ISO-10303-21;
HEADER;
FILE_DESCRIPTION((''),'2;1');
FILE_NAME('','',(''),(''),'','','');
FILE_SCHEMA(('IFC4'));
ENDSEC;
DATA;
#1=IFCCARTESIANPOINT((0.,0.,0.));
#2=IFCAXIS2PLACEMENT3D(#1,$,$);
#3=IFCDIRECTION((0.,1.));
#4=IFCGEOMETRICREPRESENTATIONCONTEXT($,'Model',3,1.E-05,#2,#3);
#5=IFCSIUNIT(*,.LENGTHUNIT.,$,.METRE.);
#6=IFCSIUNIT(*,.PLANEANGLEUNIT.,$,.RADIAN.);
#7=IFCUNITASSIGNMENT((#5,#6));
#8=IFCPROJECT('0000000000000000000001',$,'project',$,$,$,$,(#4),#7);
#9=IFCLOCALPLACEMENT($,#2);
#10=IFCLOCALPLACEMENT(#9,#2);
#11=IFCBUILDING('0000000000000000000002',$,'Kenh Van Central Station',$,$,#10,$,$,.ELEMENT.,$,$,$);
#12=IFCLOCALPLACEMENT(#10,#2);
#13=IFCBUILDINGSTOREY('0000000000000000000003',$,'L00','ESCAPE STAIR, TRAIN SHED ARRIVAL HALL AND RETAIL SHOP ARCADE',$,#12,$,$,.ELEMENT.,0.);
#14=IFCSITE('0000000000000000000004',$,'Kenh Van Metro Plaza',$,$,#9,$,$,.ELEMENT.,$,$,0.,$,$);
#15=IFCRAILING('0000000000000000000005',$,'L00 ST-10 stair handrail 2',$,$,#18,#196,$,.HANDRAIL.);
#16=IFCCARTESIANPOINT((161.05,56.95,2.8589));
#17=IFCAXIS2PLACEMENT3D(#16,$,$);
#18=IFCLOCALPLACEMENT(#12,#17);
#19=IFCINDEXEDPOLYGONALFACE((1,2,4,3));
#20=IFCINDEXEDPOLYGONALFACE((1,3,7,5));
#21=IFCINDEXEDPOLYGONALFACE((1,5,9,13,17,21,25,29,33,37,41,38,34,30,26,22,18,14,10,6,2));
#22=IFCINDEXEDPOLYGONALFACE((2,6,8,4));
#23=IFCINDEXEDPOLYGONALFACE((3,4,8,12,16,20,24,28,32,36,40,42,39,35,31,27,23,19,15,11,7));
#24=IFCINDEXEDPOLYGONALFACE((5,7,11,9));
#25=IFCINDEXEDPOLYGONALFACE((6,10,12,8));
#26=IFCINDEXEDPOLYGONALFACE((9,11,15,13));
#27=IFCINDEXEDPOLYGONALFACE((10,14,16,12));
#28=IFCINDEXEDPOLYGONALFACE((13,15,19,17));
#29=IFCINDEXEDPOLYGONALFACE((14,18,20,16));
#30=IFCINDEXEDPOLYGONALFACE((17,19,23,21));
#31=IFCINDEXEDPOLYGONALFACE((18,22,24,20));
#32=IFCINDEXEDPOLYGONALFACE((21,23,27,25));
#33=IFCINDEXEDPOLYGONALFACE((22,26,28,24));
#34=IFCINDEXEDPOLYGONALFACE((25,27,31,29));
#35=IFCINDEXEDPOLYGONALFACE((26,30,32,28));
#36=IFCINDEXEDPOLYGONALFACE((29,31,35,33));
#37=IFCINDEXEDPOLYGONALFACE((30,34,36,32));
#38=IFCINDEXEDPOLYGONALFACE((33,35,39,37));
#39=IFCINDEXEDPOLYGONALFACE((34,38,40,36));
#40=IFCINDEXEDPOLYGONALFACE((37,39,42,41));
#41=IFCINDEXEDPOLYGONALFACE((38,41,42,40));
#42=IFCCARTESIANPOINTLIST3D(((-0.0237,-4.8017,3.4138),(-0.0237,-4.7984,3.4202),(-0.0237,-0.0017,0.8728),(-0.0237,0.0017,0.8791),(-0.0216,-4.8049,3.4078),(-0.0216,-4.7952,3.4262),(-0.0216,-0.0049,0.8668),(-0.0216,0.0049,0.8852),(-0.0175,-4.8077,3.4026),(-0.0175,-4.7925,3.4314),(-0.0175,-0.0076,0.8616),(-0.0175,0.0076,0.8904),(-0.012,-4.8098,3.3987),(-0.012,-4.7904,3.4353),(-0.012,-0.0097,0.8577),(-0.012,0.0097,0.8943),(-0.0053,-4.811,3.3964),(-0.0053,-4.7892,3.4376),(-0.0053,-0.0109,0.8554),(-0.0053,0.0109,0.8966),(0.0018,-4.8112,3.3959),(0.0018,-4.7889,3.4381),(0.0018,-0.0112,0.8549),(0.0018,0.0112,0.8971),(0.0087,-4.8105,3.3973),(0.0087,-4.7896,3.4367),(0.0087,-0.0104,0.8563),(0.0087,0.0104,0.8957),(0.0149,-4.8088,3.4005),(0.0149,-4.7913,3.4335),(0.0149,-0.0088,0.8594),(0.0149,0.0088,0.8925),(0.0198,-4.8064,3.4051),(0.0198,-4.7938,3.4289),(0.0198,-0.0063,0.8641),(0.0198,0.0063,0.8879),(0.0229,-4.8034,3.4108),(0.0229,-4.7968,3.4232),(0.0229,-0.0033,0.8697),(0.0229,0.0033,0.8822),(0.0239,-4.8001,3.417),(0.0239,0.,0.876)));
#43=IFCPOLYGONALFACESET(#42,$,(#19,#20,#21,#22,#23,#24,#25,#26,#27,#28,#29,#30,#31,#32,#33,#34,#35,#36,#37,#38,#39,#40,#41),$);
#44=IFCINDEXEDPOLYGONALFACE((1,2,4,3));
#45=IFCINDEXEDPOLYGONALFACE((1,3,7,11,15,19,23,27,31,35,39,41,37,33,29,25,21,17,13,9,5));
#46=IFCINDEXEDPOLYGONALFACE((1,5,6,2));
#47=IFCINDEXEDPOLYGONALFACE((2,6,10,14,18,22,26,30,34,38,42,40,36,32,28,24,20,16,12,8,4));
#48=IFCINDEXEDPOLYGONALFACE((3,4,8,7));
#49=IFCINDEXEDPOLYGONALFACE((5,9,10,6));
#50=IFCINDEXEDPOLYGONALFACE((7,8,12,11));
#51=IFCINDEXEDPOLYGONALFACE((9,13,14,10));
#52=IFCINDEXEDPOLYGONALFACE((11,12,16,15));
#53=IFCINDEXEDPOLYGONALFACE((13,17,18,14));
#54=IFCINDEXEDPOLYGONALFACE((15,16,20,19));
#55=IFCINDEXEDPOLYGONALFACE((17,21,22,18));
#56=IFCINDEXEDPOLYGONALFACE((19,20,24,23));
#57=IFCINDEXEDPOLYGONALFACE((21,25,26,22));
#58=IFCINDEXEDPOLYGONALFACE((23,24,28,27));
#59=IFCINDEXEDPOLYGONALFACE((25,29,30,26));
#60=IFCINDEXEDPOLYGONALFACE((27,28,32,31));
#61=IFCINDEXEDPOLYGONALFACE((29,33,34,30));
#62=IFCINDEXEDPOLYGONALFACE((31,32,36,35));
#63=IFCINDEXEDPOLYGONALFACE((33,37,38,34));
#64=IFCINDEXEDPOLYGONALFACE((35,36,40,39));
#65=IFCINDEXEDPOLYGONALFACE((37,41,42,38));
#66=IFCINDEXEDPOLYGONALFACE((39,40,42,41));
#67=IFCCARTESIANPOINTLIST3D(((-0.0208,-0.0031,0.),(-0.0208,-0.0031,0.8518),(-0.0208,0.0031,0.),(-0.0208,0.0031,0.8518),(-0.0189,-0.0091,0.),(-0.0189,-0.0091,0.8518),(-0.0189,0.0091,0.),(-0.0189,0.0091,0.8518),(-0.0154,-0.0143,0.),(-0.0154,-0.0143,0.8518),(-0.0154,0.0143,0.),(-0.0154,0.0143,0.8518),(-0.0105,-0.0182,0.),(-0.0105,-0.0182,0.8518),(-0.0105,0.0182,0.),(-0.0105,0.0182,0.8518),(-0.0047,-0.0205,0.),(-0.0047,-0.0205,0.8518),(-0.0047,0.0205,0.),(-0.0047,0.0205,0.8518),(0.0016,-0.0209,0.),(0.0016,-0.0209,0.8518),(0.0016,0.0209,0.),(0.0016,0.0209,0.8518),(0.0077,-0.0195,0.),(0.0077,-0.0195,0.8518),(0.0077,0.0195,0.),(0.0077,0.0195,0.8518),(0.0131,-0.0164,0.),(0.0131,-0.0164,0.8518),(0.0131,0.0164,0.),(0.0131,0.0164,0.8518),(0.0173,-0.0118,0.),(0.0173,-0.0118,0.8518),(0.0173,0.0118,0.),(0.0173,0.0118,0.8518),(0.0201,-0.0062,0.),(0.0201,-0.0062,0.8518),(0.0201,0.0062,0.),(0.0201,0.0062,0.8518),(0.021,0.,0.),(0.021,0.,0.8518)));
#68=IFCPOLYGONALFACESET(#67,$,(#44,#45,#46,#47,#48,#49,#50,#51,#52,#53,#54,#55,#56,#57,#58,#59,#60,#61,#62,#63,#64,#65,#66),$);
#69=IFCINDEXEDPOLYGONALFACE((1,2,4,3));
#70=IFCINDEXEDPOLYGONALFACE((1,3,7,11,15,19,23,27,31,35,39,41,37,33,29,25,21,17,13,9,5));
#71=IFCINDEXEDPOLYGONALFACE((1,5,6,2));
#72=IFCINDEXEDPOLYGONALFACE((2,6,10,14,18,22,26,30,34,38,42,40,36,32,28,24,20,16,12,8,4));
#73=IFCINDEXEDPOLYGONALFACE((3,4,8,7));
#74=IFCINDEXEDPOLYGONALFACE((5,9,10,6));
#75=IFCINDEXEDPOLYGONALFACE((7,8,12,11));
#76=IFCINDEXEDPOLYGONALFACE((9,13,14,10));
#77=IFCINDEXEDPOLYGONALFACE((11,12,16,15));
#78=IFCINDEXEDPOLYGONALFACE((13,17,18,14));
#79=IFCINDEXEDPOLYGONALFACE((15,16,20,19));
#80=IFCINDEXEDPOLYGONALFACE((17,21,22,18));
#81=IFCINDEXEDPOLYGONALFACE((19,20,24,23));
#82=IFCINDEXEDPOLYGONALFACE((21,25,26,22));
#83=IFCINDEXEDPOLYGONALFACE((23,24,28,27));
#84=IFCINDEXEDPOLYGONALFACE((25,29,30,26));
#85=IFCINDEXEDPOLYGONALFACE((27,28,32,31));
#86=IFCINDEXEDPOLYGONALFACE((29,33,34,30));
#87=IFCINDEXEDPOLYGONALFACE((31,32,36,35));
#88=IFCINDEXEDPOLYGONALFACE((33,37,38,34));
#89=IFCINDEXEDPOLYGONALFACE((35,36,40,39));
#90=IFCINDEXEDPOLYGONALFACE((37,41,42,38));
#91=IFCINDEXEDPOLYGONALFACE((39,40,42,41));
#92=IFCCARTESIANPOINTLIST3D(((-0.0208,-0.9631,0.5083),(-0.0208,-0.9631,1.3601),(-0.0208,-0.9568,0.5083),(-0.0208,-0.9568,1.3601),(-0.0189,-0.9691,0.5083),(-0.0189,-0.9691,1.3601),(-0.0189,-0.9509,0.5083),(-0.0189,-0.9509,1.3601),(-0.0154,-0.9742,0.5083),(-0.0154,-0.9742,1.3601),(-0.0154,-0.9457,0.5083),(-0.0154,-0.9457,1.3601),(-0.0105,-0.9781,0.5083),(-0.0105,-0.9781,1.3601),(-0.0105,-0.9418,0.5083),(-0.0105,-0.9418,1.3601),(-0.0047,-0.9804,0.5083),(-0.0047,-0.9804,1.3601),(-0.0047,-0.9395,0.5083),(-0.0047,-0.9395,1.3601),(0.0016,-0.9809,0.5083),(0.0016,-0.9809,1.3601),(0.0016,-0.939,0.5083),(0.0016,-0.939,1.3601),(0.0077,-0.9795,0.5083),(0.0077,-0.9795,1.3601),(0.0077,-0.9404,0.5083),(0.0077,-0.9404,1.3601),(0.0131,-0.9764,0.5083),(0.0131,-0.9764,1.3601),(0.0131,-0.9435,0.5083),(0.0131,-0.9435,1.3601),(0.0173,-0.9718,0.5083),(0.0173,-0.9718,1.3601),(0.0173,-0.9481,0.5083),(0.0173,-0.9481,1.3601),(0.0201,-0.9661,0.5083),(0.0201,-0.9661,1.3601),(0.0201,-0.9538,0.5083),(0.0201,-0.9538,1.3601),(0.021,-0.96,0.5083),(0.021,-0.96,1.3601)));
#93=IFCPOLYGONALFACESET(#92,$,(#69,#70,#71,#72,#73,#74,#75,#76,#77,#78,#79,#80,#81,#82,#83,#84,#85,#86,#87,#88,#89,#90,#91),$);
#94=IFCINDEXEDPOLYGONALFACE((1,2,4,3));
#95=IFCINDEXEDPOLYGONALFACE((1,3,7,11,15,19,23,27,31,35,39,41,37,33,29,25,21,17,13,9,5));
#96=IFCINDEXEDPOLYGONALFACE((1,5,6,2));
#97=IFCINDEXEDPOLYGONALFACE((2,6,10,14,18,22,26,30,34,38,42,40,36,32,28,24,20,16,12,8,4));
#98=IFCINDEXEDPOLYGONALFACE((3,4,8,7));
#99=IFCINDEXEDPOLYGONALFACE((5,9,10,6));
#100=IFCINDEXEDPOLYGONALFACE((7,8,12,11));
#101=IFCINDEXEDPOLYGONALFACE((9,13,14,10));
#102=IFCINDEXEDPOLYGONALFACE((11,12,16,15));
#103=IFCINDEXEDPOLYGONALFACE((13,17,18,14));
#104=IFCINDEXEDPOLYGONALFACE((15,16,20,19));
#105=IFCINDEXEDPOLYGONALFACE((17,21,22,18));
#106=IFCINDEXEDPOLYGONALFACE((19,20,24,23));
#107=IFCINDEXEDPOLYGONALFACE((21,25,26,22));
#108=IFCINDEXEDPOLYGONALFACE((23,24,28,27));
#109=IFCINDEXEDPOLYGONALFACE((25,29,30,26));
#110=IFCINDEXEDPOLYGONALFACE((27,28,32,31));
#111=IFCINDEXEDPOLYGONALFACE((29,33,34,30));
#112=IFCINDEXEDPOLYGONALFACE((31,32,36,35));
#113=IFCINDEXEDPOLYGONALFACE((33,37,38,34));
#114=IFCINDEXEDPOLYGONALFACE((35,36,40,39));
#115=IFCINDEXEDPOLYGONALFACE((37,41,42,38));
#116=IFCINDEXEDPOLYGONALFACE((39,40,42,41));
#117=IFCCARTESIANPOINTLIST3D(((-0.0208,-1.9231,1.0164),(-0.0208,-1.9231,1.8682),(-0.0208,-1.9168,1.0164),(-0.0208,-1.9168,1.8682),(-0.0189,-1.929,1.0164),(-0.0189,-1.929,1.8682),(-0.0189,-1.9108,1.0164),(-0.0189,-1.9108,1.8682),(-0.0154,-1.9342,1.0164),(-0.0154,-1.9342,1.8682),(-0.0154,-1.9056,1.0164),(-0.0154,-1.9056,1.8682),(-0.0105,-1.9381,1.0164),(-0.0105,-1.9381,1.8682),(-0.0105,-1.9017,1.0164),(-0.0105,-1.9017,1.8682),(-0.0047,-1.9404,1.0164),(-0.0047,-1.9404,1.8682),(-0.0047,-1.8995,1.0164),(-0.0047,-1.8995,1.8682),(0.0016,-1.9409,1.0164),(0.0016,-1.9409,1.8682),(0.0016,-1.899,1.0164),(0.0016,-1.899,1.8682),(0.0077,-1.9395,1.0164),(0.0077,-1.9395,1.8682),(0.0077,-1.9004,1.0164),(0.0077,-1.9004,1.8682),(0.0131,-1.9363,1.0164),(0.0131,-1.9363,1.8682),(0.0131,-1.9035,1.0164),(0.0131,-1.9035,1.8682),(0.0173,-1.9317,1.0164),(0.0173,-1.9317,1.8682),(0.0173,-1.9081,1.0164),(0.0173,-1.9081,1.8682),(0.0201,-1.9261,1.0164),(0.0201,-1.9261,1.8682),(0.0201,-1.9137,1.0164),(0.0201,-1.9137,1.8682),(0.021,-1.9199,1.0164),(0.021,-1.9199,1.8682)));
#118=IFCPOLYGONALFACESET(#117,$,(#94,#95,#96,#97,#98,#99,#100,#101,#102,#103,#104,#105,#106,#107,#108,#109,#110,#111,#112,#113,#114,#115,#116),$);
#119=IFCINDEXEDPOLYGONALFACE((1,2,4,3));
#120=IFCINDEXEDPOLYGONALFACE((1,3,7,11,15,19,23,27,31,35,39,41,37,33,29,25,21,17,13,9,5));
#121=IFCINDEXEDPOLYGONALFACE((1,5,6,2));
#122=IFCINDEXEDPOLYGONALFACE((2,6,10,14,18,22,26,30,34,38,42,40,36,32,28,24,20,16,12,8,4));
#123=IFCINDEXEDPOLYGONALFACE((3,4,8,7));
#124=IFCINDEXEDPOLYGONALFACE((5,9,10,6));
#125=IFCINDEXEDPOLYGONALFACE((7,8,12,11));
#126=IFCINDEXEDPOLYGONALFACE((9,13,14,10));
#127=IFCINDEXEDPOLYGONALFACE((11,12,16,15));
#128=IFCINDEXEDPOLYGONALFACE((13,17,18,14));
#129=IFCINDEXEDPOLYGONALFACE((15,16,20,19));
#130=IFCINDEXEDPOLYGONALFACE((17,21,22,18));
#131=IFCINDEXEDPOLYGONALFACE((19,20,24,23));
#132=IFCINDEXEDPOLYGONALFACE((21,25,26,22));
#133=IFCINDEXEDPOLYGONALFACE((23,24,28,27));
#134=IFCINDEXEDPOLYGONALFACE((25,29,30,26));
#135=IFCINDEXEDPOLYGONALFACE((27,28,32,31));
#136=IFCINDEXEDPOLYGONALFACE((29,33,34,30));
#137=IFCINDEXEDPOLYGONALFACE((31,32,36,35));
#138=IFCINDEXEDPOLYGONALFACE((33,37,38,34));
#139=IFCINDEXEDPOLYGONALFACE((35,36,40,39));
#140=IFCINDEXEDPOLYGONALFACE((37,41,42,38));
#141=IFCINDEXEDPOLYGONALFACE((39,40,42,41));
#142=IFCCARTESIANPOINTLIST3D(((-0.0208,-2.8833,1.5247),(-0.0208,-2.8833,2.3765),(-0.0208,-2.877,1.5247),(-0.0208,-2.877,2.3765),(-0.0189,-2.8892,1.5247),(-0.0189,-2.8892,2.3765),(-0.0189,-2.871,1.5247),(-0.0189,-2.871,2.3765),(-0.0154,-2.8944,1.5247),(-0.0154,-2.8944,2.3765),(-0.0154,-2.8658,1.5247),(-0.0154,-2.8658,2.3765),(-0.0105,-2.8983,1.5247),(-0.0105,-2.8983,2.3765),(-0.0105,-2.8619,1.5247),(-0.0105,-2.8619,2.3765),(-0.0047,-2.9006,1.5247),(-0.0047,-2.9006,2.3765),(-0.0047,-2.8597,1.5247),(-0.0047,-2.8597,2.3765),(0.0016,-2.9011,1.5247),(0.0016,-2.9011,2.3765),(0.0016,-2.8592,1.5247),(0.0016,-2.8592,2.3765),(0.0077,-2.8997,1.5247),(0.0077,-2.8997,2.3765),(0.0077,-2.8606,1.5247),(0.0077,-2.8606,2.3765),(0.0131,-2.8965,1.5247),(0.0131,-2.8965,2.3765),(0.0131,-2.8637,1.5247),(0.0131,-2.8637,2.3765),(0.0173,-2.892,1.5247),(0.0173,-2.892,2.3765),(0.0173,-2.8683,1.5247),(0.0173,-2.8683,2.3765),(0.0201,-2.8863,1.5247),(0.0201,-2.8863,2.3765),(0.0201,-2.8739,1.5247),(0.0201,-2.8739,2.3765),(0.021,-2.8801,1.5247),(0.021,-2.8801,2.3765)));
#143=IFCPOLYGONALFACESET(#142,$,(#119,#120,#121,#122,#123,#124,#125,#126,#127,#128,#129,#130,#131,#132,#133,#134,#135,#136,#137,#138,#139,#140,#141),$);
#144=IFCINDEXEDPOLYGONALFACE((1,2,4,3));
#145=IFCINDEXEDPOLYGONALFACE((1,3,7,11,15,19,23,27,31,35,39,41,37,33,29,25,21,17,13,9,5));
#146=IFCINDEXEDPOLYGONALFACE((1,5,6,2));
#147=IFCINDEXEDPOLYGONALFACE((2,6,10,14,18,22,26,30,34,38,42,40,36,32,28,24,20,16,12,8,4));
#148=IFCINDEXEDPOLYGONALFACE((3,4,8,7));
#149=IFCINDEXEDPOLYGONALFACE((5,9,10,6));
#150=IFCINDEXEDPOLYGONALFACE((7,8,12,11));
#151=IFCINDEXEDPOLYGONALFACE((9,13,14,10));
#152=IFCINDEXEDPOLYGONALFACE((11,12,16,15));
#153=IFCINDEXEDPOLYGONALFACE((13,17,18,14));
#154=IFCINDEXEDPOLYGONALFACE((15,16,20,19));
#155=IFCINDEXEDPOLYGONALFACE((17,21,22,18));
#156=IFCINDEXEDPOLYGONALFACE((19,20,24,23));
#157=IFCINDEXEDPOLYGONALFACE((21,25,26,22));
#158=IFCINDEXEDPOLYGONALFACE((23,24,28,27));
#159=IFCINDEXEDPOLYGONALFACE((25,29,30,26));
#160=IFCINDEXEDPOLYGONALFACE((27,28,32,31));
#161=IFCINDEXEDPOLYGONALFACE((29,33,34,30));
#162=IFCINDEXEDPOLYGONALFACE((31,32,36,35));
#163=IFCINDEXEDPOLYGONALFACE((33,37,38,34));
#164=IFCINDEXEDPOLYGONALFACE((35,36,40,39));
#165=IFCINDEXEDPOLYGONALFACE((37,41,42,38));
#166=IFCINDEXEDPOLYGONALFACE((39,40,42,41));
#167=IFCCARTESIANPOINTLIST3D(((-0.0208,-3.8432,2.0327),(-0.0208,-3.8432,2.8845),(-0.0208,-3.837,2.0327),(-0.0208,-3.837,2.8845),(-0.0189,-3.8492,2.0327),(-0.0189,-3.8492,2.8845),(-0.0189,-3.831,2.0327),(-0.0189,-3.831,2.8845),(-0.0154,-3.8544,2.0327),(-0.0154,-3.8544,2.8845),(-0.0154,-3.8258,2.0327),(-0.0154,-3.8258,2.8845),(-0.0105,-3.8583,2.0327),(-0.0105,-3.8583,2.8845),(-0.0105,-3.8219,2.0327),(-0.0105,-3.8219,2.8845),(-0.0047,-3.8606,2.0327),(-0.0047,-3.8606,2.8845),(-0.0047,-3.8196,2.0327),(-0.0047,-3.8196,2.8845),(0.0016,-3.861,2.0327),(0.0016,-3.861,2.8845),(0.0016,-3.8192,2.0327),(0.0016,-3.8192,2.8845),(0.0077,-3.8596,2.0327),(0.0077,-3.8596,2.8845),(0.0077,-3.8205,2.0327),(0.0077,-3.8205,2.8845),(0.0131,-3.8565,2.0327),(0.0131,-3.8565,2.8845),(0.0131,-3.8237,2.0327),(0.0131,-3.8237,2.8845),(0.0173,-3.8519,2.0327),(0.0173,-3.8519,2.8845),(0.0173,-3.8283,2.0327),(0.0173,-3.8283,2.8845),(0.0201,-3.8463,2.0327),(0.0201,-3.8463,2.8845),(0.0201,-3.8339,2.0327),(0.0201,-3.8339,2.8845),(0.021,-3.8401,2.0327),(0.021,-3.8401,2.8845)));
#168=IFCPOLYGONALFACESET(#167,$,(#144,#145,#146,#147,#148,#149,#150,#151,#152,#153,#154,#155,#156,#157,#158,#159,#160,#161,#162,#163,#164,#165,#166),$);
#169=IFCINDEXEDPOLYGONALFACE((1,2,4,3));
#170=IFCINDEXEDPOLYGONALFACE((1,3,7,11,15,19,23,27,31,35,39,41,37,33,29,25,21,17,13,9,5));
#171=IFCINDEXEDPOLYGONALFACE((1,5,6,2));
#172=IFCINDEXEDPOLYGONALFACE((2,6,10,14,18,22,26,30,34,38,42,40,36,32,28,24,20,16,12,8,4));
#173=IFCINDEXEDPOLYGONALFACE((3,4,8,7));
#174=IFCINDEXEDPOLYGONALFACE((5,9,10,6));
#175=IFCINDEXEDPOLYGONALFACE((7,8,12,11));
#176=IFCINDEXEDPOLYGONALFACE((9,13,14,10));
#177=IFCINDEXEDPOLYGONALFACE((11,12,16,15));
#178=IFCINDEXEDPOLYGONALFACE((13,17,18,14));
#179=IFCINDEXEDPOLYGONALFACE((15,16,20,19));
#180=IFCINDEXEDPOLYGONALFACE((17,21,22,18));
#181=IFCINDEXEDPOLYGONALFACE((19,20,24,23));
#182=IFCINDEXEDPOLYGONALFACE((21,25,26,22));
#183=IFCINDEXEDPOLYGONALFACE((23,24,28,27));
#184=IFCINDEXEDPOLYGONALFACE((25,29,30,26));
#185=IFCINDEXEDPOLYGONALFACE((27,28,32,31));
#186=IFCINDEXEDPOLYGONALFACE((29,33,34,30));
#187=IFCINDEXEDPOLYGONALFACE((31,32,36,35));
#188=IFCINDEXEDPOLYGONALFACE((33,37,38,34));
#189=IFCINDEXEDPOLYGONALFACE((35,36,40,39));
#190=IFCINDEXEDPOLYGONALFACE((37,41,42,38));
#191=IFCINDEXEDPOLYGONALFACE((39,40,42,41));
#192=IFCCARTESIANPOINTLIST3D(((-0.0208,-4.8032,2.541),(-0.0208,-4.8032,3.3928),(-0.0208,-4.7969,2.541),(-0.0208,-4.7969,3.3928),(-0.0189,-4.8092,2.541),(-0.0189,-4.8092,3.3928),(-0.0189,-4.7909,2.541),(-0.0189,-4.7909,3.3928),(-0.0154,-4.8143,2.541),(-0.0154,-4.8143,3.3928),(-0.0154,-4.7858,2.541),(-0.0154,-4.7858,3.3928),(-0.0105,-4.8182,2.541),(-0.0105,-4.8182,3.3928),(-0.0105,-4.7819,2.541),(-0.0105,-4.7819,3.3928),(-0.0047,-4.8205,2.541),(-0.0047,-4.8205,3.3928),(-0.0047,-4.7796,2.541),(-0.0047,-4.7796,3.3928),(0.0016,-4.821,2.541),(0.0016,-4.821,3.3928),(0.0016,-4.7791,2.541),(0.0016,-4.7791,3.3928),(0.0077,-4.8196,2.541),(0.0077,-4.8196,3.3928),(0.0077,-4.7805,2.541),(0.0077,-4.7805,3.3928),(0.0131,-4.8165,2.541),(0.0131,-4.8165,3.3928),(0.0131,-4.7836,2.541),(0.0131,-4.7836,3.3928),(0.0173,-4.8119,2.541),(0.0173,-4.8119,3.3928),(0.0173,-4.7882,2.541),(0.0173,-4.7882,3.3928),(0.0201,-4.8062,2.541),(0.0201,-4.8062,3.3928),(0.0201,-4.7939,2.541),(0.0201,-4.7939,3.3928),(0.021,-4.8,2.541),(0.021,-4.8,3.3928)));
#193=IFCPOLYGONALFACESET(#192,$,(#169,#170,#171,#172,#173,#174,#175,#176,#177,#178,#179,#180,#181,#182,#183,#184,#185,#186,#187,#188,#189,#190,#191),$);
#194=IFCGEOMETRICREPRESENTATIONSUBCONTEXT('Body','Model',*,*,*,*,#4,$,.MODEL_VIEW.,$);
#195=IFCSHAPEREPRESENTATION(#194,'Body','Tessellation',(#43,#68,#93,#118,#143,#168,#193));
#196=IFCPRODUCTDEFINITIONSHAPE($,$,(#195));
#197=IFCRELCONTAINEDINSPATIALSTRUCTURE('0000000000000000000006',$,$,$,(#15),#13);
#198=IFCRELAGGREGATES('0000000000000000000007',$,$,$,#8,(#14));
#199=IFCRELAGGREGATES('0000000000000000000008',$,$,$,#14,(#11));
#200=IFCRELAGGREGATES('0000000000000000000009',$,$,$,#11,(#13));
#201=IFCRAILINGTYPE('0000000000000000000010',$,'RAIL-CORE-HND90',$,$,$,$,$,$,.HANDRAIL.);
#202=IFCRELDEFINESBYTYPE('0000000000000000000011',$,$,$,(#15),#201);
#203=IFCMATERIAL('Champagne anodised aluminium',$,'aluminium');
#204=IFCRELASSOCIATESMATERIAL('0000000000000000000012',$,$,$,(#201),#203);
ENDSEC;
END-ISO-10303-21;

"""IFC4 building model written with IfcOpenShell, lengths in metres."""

from ifc_helpers import new_model, si_unit, direction, frame, origin, origin_2d, place, context, subcontext, project, spatial, circle, extrude, material, type_object, element, save


model = new_model("IFC4")

# Units and contexts
model_context = context("Model", 3, precision=1e-05, world=origin(), true_north=direction((0.0, 1.0)))
body_context = subcontext(model_context, "Body", "Model", "MODEL_VIEW")
ifc_project = project(units=[si_unit("LENGTHUNIT", "METRE"), si_unit("PLANEANGLEUNIT", "RADIAN")], contexts=[model_context])

# Site, building, storey
site_placement = place(None, origin())
site = spatial("IfcSite", under=ifc_project, at=site_placement, Name="Kenh Van Metro Plaza", CompositionType="ELEMENT", RefElevation=0.0)
building_placement = place(site_placement, origin())
building = spatial("IfcBuilding", under=site, at=building_placement, Name="Kenh Van Central Station", CompositionType="ELEMENT")
storey_placement = place(building_placement, origin())
storey = spatial("IfcBuildingStorey", under=building, at=storey_placement, Name="L00", Description="ESCAPE STAIR, TRAIN SHED ARRIVAL HALL AND RETAIL SHOP ARCADE", CompositionType="ELEMENT", Elevation=0.0)

# Shared definitions
ifc_material_1 = material(Name="Champagne anodised aluminium", Category="aluminium")

# Railing
railing_type_1 = type_object("IfcRailingType", Name="RAIL-CORE-HND90", PredefinedType="HANDRAIL", material=ifc_material_1)
railing_1_placement = place(storey_placement, frame((161.05, 56.95, 2.8589)))
element("IfcRailing", 1, at=railing_1_placement, inside=storey, type_object=railing_type_1, Name="L00 ST-10 stair handrail 2", PredefinedType="HANDRAIL", context=body_context, shape_type="SweptSolid", body=[
    extrude(circle(Radius=0.0239, at=origin_2d()), frame((0.0, 0.0, 0.876), z_axis=(0.0, -0.883802, 0.467861), x_axis=(1.0, 0.0, 0.0)), (0.0, 0.0, 1.0), 5.4312),
    extrude(circle(Radius=0.021, at=origin_2d()), origin(), (0.0, 0.0, 1.0), 0.8518),
    extrude(circle(Radius=0.021, at=origin_2d()), frame((0.0, -0.96, 0.5083)), (0.0, 0.0, 1.0), 0.8518),
    extrude(circle(Radius=0.021, at=origin_2d()), frame((0.0, -1.9199, 1.0164)), (0.0, 0.0, 1.0), 0.8518),
    extrude(circle(Radius=0.021, at=origin_2d()), frame((0.0, -2.8801, 1.5247)), (0.0, 0.0, 1.0), 0.8518),
    extrude(circle(Radius=0.021, at=origin_2d()), frame((0.0, -3.8401, 2.0327)), (0.0, 0.0, 1.0), 0.8518),
    extrude(circle(Radius=0.021, at=origin_2d()), frame((0.0, -4.8, 2.541)), (0.0, 0.0, 1.0), 0.8518),
])

save(model, "model.ifc")
